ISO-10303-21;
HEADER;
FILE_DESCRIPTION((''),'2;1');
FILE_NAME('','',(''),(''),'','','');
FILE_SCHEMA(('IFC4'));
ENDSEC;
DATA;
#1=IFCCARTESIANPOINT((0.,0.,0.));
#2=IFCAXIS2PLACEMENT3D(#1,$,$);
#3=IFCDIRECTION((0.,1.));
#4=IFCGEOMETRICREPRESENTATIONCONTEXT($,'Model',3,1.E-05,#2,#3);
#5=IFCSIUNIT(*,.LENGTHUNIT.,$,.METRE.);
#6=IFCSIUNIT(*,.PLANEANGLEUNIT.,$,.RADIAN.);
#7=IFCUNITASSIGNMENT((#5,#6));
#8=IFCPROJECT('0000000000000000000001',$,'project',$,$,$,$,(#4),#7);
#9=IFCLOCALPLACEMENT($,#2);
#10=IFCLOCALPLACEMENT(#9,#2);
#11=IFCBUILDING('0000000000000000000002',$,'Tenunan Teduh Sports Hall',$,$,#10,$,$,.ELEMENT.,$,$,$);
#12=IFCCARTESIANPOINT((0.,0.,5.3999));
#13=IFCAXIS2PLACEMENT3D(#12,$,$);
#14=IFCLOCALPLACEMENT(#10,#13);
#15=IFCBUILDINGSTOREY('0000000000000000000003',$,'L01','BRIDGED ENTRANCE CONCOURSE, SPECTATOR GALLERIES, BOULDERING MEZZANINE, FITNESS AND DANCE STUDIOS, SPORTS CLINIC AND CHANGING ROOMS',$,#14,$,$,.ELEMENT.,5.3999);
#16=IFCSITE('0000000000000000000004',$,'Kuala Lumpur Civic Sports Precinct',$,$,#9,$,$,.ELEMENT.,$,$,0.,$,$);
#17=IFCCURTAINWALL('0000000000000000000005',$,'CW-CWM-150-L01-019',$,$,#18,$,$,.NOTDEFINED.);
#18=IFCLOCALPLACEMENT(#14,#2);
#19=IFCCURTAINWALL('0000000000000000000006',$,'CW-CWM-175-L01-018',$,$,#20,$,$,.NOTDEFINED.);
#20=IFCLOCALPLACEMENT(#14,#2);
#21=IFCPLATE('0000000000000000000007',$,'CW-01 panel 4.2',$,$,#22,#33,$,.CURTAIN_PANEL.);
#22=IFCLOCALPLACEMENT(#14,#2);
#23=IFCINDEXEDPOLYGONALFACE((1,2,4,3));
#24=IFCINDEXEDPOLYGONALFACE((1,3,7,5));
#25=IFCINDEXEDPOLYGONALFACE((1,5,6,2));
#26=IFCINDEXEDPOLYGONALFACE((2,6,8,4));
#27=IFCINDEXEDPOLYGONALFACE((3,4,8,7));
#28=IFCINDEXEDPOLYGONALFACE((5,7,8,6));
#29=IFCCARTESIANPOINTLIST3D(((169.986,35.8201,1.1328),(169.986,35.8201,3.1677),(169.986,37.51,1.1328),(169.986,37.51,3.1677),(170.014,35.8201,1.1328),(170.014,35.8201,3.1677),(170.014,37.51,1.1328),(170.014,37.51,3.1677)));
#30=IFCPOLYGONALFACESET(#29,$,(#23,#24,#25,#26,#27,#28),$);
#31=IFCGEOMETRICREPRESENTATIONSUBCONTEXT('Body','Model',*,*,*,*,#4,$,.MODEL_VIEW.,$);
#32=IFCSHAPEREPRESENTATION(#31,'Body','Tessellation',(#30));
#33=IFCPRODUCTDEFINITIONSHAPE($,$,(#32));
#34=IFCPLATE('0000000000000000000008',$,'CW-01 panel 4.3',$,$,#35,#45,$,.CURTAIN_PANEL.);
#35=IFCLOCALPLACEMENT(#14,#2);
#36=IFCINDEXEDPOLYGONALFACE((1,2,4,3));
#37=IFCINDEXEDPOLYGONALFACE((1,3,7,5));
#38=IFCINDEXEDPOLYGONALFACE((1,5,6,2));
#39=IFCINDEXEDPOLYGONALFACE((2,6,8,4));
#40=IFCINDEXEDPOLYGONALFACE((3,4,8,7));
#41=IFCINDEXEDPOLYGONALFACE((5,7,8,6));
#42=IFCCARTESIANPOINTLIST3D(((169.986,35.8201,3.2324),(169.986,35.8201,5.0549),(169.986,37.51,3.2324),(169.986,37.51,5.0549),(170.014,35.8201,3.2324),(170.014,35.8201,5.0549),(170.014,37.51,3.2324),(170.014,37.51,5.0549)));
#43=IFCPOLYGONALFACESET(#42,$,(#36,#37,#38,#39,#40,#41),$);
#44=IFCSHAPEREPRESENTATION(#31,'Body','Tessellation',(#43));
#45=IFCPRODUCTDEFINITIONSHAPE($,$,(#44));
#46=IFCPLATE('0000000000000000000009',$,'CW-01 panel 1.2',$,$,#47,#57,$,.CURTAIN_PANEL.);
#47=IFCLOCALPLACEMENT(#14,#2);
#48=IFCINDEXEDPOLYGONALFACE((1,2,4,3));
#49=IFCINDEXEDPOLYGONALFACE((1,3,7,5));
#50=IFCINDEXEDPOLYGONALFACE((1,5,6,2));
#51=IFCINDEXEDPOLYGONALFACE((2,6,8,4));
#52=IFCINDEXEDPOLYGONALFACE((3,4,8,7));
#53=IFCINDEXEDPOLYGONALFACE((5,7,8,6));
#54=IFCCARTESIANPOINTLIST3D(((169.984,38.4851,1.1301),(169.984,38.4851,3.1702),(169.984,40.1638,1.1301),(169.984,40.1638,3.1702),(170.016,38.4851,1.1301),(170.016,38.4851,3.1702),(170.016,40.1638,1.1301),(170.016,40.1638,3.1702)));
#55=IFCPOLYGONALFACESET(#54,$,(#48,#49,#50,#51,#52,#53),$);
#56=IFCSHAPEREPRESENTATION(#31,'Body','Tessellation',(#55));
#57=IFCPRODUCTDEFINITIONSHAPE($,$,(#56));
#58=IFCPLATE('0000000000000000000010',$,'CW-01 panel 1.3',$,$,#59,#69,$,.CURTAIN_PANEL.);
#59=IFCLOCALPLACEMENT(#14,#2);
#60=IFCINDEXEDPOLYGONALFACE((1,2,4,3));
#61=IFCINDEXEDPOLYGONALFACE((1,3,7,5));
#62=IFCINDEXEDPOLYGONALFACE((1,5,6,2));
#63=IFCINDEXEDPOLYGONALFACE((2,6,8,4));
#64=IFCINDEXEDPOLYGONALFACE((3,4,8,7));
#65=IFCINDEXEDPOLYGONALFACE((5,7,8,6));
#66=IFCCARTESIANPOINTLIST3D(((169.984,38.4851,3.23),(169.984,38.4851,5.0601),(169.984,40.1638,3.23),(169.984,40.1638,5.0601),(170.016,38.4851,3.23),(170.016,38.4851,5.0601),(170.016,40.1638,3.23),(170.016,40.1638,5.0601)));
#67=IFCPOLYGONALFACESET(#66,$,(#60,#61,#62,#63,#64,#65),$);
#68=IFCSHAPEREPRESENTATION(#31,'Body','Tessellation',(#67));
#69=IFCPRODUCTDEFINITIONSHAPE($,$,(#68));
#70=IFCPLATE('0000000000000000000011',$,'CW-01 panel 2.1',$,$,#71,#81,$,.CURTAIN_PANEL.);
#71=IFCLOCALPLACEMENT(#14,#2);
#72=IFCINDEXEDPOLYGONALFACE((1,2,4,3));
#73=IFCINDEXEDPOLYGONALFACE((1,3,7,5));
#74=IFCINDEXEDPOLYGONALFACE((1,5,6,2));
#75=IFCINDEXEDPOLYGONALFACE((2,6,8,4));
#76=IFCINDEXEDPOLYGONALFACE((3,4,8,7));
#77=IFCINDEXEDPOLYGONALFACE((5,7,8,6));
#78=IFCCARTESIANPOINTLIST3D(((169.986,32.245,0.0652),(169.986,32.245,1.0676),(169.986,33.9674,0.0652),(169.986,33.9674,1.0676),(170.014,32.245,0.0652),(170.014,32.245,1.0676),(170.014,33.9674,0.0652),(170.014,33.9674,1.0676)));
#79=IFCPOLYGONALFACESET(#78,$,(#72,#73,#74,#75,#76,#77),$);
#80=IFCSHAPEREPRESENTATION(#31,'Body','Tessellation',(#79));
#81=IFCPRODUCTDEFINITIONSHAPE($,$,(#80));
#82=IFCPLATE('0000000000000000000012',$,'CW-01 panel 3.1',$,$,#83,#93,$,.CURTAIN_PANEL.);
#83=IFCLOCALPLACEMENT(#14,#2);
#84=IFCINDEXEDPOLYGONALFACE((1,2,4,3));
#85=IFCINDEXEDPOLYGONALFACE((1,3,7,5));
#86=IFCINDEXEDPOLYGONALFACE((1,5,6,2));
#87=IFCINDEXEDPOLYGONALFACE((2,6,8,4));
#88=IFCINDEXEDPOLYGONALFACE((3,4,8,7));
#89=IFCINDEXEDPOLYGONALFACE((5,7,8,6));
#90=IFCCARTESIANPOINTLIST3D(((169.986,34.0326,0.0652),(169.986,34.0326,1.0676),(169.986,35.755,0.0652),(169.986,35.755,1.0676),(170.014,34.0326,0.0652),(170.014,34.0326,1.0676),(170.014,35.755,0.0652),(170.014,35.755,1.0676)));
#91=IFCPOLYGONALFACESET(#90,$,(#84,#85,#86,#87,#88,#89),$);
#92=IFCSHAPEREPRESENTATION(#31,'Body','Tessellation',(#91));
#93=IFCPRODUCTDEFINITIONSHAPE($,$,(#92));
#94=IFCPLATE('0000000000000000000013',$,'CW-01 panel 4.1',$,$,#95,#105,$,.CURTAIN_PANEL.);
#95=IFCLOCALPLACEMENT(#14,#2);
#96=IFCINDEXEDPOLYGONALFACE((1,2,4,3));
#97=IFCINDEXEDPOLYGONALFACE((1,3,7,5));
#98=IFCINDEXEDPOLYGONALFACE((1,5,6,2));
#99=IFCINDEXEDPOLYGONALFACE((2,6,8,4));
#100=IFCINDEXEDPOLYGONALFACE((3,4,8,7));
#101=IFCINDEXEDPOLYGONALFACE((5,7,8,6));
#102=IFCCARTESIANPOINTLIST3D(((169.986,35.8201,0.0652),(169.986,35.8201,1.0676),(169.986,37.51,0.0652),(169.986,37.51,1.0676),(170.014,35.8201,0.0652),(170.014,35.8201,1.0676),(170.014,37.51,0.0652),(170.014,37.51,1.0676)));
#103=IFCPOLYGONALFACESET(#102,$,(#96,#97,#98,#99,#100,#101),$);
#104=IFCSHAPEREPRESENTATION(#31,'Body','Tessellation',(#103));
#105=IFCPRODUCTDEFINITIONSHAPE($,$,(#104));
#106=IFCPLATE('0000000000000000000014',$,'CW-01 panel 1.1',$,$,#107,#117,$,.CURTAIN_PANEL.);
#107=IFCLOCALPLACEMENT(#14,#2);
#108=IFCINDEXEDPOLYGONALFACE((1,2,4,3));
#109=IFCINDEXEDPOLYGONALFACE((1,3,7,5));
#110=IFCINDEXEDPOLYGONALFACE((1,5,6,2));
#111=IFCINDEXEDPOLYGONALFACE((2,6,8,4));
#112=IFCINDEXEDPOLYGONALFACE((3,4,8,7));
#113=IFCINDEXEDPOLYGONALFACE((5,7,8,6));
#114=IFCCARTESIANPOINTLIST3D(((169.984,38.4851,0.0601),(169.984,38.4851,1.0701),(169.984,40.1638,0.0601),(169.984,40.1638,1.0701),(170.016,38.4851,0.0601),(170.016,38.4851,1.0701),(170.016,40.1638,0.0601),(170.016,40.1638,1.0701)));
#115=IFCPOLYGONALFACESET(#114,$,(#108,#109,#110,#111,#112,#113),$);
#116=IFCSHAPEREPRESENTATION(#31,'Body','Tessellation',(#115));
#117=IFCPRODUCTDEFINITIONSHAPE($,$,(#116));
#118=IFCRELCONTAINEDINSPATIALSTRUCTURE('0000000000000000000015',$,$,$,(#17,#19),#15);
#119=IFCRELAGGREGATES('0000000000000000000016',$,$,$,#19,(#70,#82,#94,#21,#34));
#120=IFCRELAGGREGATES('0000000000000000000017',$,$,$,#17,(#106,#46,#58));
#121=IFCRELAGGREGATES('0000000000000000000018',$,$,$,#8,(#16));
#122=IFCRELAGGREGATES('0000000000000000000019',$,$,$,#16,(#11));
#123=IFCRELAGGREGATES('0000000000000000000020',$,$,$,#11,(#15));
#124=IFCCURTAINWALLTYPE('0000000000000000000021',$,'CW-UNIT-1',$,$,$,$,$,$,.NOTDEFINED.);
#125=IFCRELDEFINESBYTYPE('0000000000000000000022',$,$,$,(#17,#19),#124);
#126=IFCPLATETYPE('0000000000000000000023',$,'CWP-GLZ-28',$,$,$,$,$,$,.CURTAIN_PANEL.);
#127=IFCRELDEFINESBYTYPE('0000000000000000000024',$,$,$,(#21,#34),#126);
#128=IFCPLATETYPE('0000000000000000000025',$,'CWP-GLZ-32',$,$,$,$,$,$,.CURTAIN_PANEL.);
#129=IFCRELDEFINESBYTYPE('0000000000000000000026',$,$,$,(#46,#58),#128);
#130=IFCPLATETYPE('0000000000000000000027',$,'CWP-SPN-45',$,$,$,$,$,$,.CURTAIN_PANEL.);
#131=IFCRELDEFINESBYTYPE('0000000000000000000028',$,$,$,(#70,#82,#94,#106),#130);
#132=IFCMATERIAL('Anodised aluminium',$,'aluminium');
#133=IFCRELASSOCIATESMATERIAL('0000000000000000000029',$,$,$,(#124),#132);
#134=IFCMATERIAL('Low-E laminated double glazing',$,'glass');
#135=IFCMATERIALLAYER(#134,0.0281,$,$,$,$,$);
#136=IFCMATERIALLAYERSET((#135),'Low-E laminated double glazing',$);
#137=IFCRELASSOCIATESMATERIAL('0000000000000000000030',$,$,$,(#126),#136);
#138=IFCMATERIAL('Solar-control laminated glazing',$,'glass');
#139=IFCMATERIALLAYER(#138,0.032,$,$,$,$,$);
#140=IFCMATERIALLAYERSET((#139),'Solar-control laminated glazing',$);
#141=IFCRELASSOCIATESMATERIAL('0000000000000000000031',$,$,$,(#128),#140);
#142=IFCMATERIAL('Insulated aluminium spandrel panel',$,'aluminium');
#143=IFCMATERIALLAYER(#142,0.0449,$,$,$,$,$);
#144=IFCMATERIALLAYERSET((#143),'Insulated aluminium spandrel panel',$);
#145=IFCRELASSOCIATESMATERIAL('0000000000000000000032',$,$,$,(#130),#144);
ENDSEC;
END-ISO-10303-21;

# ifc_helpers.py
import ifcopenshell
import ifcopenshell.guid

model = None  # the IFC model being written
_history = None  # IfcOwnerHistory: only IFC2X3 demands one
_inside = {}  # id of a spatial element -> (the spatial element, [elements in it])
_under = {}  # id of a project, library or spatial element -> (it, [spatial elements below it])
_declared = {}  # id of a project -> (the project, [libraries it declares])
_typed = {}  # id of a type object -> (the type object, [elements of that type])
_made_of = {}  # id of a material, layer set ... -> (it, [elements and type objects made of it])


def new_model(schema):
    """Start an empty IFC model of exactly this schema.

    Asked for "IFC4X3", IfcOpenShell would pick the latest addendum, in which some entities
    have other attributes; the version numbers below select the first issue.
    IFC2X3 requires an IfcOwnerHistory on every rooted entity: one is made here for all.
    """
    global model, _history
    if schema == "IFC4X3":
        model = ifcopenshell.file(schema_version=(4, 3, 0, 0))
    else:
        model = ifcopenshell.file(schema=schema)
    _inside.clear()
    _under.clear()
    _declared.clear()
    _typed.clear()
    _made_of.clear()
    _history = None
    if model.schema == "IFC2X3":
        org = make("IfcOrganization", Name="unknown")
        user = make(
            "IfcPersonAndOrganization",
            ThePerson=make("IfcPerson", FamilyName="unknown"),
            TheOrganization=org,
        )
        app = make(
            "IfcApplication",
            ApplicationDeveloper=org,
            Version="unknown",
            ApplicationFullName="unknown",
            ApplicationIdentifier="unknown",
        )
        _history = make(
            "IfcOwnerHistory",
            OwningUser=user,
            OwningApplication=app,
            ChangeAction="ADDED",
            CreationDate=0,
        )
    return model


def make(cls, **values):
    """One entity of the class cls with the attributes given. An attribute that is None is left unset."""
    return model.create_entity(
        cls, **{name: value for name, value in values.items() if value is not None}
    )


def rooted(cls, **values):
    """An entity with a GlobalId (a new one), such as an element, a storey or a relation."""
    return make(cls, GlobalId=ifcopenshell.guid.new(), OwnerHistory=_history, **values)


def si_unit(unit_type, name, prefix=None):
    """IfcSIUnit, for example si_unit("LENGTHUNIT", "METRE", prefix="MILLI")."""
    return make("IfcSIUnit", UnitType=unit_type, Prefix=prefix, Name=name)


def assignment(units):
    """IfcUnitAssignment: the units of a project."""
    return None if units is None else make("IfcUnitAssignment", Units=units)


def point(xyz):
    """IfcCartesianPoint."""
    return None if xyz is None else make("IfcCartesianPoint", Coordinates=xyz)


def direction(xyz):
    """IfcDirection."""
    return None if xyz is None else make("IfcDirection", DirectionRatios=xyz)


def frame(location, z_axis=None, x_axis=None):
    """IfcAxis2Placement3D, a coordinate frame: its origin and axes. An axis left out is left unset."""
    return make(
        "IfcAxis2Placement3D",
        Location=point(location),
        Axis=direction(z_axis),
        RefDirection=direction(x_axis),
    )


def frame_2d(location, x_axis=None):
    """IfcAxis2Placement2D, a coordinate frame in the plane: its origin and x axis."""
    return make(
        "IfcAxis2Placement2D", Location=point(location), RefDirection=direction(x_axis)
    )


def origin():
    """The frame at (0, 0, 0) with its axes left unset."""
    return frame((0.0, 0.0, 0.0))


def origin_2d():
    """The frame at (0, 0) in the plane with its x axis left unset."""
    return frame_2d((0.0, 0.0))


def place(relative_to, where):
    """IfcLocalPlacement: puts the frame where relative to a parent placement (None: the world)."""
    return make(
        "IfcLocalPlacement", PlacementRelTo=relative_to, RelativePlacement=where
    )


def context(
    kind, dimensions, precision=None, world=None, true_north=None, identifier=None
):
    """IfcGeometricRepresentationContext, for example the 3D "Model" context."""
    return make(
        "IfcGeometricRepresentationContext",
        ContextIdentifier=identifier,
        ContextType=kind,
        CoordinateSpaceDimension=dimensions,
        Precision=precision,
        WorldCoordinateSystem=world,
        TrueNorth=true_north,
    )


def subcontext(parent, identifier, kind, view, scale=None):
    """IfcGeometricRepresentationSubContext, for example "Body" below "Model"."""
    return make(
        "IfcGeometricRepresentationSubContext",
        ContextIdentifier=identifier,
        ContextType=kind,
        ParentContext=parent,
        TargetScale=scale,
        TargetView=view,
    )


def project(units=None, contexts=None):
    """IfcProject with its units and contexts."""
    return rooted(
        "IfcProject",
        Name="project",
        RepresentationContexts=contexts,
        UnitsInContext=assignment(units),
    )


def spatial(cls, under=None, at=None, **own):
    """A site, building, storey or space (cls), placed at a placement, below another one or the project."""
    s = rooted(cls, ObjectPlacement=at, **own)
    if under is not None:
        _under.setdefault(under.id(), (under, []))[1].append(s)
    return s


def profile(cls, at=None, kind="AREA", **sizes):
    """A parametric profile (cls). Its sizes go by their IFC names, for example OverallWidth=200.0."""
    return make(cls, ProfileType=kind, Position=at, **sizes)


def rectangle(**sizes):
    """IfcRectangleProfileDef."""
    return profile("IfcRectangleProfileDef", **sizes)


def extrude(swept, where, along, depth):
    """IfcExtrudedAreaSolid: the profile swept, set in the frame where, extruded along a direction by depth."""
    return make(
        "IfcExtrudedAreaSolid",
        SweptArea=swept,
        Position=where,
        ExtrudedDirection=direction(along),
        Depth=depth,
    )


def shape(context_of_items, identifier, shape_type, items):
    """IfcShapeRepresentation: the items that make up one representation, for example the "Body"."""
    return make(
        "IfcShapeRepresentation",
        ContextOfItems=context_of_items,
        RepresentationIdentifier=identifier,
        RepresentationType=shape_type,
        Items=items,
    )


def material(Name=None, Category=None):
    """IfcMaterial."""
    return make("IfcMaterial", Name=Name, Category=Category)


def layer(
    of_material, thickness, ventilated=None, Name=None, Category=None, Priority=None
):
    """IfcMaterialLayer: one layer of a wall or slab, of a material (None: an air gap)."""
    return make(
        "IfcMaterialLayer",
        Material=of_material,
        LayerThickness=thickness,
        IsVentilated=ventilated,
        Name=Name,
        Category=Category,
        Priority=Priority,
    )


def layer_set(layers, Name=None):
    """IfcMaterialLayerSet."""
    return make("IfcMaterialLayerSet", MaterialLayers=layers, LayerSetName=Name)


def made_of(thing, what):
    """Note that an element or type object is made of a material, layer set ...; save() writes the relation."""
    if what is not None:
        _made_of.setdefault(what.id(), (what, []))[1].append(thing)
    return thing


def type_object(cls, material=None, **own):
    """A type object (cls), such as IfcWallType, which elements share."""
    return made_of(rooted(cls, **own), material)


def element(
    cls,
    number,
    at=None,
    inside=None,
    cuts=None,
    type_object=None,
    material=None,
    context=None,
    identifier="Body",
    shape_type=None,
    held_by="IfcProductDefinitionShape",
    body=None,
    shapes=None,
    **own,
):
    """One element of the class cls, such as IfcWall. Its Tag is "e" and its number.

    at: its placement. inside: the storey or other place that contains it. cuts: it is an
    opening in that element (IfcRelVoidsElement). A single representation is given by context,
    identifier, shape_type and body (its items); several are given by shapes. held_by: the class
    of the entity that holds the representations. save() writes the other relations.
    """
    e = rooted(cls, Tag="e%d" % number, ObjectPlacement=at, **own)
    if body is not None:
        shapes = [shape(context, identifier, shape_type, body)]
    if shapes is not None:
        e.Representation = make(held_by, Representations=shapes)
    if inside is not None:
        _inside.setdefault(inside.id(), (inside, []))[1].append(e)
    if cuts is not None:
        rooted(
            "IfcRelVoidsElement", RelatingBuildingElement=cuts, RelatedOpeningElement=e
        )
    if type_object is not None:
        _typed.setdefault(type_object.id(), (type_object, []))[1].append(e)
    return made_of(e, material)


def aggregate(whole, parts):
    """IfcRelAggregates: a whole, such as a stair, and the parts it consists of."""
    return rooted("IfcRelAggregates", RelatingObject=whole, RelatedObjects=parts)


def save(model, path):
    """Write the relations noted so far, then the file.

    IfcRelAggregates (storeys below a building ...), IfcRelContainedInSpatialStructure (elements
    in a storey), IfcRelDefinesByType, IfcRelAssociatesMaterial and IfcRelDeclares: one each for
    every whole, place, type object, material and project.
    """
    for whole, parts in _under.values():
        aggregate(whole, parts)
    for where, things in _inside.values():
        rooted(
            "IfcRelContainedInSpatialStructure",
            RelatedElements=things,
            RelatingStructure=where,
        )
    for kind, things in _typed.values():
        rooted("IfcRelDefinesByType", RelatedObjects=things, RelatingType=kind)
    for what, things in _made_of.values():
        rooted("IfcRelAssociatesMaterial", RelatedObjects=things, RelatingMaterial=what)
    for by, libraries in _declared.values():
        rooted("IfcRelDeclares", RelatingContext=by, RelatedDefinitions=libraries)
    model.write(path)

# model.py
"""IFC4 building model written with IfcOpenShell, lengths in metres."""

from ifc_helpers import new_model, si_unit, direction, frame, origin, origin_2d, place, context, subcontext, project, spatial, rectangle, extrude, material, layer, layer_set, type_object, element, aggregate, save


model = new_model("IFC4")

# Units and contexts
model_context = context("Model", 3, precision=1e-05, world=origin(), true_north=direction((0.0, 1.0)))
body_context = subcontext(model_context, "Body", "Model", "MODEL_VIEW")
ifc_project = project(units=[si_unit("LENGTHUNIT", "METRE"), si_unit("PLANEANGLEUNIT", "RADIAN")], contexts=[model_context])

# Site, building, storey
site_placement = place(None, origin())
site = spatial("IfcSite", under=ifc_project, at=site_placement, Name="Kuala Lumpur Civic Sports Precinct", CompositionType="ELEMENT", RefElevation=0.0)
building_placement = place(site_placement, origin())
building = spatial("IfcBuilding", under=site, at=building_placement, Name="Tenunan Teduh Sports Hall", CompositionType="ELEMENT")
storey_placement = place(building_placement, frame((0.0, 0.0, 5.3999)))
storey = spatial("IfcBuildingStorey", under=building, at=storey_placement, Name="L01", Description="BRIDGED ENTRANCE CONCOURSE, SPECTATOR GALLERIES, BOULDERING MEZZANINE, FITNESS AND DANCE STUDIOS, SPORTS CLINIC AND CHANGING ROOMS", CompositionType="ELEMENT", Elevation=5.3999)

# Curtain walls
ifc_material_1 = material(Name="Anodised aluminium", Category="aluminium")
curtain_wall_type = type_object("IfcCurtainWallType", Name="CW-UNIT-1", PredefinedType="NOTDEFINED", material=ifc_material_1)
curtain_wall_1_placement = place(storey_placement, origin())
curtain_wall_1 = element("IfcCurtainWall", 1, at=curtain_wall_1_placement, inside=storey, type_object=curtain_wall_type, Name="CW-CWM-150-L01-019", PredefinedType="NOTDEFINED")
curtain_wall_2_placement = place(storey_placement, origin())
curtain_wall_2 = element("IfcCurtainWall", 2, at=curtain_wall_2_placement, inside=storey, type_object=curtain_wall_type, Name="CW-CWM-175-L01-018", PredefinedType="NOTDEFINED")

# Plates
ifc_material_2 = material(Name="Low-E laminated double glazing", Category="glass")
ifc_layer_1 = layer(ifc_material_2, 0.0281)
ifc_layer_set_1 = layer_set([ifc_layer_1], Name="Low-E laminated double glazing")
plate_type_1 = type_object("IfcPlateType", Name="CWP-GLZ-28", PredefinedType="CURTAIN_PANEL", material=ifc_layer_set_1)
plate_1_placement = place(storey_placement, frame((170.0, 36.665, 1.1328), z_axis=(0.0, 0.0, 1.0), x_axis=(0.0, 1.0, 0.0)))
plate_1 = element("IfcPlate", 3, at=plate_1_placement, type_object=plate_type_1, Name="CW-01 panel 4.2", PredefinedType="CURTAIN_PANEL", context=body_context, shape_type="SweptSolid", body=[
    extrude(rectangle(XDim=1.6899, YDim=0.0281, at=origin_2d()), origin(), (0.0, 0.0, 1.0), 2.0349),
])
plate_2_placement = place(storey_placement, frame((170.0, 36.665, 3.2324), z_axis=(0.0, 0.0, 1.0), x_axis=(0.0, 1.0, 0.0)))
plate_2 = element("IfcPlate", 4, at=plate_2_placement, type_object=plate_type_1, Name="CW-01 panel 4.3", PredefinedType="CURTAIN_PANEL", context=body_context, shape_type="SweptSolid", body=[
    extrude(rectangle(XDim=1.6899, YDim=0.0281, at=origin_2d()), origin(), (0.0, 0.0, 1.0), 1.8225),
])
ifc_material_3 = material(Name="Solar-control laminated glazing", Category="glass")
ifc_layer_2 = layer(ifc_material_3, 0.032)
ifc_layer_set_2 = layer_set([ifc_layer_2], Name="Solar-control laminated glazing")
plate_type_2 = type_object("IfcPlateType", Name="CWP-GLZ-32", PredefinedType="CURTAIN_PANEL", material=ifc_layer_set_2)
plate_3_placement = place(storey_placement, frame((170.0, 39.3245, 1.1301), z_axis=(0.0, 0.0, 1.0), x_axis=(0.0, 1.0, 0.0)))
plate_3 = element("IfcPlate", 5, at=plate_3_placement, type_object=plate_type_2, Name="CW-01 panel 1.2", PredefinedType="CURTAIN_PANEL", context=body_context, shape_type="SweptSolid", body=[
    extrude(rectangle(XDim=1.6787, YDim=0.032, at=origin_2d()), origin(), (0.0, 0.0, 1.0), 2.04),
])
plate_4_placement = place(storey_placement, frame((170.0, 39.3245, 3.23), z_axis=(0.0, 0.0, 1.0), x_axis=(0.0, 1.0, 0.0)))
plate_4 = element("IfcPlate", 6, at=plate_4_placement, type_object=plate_type_2, Name="CW-01 panel 1.3", PredefinedType="CURTAIN_PANEL", context=body_context, shape_type="SweptSolid", body=[
    extrude(rectangle(XDim=1.6787, YDim=0.032, at=origin_2d()), origin(), (0.0, 0.0, 1.0), 1.8301),
])
ifc_material_4 = material(Name="Insulated aluminium spandrel panel", Category="aluminium")
ifc_layer_3 = layer(ifc_material_4, 0.0449)
ifc_layer_set_3 = layer_set([ifc_layer_3], Name="Insulated aluminium spandrel panel")
plate_type_3 = type_object("IfcPlateType", Name="CWP-SPN-45", PredefinedType="CURTAIN_PANEL", material=ifc_layer_set_3)
plate_5_placement = place(storey_placement, frame((170.0, 33.1062, 0.0652), z_axis=(0.0, 0.0, 1.0), x_axis=(0.0, 1.0, 0.0)))
plate_5 = element("IfcPlate", 7, at=plate_5_placement, type_object=plate_type_3, Name="CW-01 panel 2.1", PredefinedType="CURTAIN_PANEL", context=body_context, shape_type="SweptSolid", body=[
    extrude(rectangle(XDim=1.7224, YDim=0.0281, at=origin_2d()), origin(), (0.0, 0.0, 1.0), 1.0024),
])
plate_6_placement = place(storey_placement, frame((170.0, 34.8938, 0.0652), z_axis=(0.0, 0.0, 1.0), x_axis=(0.0, 1.0, 0.0)))
plate_6 = element("IfcPlate", 8, at=plate_6_placement, type_object=plate_type_3, Name="CW-01 panel 3.1", PredefinedType="CURTAIN_PANEL", context=body_context, shape_type="SweptSolid", body=[
    extrude(rectangle(XDim=1.7224, YDim=0.0281, at=origin_2d()), origin(), (0.0, 0.0, 1.0), 1.0024),
])
plate_7_placement = place(storey_placement, frame((170.0, 36.665, 0.0652), z_axis=(0.0, 0.0, 1.0), x_axis=(0.0, 1.0, 0.0)))
plate_7 = element("IfcPlate", 9, at=plate_7_placement, type_object=plate_type_3, Name="CW-01 panel 4.1", PredefinedType="CURTAIN_PANEL", context=body_context, shape_type="SweptSolid", body=[
    extrude(rectangle(XDim=1.6899, YDim=0.0281, at=origin_2d()), origin(), (0.0, 0.0, 1.0), 1.0024),
])
aggregate(curtain_wall_2, [plate_5, plate_6, plate_7, plate_1, plate_2])
plate_8_placement = place(storey_placement, frame((170.0, 39.3245, 0.0601), z_axis=(0.0, 0.0, 1.0), x_axis=(0.0, 1.0, 0.0)))
plate_8 = element("IfcPlate", 10, at=plate_8_placement, type_object=plate_type_3, Name="CW-01 panel 1.1", PredefinedType="CURTAIN_PANEL", context=body_context, shape_type="SweptSolid", body=[
    extrude(rectangle(XDim=1.6787, YDim=0.032, at=origin_2d()), origin(), (0.0, 0.0, 1.0), 1.01),
])
aggregate(curtain_wall_1, [plate_8, plate_3, plate_4])

save(model, "model.ifc")
